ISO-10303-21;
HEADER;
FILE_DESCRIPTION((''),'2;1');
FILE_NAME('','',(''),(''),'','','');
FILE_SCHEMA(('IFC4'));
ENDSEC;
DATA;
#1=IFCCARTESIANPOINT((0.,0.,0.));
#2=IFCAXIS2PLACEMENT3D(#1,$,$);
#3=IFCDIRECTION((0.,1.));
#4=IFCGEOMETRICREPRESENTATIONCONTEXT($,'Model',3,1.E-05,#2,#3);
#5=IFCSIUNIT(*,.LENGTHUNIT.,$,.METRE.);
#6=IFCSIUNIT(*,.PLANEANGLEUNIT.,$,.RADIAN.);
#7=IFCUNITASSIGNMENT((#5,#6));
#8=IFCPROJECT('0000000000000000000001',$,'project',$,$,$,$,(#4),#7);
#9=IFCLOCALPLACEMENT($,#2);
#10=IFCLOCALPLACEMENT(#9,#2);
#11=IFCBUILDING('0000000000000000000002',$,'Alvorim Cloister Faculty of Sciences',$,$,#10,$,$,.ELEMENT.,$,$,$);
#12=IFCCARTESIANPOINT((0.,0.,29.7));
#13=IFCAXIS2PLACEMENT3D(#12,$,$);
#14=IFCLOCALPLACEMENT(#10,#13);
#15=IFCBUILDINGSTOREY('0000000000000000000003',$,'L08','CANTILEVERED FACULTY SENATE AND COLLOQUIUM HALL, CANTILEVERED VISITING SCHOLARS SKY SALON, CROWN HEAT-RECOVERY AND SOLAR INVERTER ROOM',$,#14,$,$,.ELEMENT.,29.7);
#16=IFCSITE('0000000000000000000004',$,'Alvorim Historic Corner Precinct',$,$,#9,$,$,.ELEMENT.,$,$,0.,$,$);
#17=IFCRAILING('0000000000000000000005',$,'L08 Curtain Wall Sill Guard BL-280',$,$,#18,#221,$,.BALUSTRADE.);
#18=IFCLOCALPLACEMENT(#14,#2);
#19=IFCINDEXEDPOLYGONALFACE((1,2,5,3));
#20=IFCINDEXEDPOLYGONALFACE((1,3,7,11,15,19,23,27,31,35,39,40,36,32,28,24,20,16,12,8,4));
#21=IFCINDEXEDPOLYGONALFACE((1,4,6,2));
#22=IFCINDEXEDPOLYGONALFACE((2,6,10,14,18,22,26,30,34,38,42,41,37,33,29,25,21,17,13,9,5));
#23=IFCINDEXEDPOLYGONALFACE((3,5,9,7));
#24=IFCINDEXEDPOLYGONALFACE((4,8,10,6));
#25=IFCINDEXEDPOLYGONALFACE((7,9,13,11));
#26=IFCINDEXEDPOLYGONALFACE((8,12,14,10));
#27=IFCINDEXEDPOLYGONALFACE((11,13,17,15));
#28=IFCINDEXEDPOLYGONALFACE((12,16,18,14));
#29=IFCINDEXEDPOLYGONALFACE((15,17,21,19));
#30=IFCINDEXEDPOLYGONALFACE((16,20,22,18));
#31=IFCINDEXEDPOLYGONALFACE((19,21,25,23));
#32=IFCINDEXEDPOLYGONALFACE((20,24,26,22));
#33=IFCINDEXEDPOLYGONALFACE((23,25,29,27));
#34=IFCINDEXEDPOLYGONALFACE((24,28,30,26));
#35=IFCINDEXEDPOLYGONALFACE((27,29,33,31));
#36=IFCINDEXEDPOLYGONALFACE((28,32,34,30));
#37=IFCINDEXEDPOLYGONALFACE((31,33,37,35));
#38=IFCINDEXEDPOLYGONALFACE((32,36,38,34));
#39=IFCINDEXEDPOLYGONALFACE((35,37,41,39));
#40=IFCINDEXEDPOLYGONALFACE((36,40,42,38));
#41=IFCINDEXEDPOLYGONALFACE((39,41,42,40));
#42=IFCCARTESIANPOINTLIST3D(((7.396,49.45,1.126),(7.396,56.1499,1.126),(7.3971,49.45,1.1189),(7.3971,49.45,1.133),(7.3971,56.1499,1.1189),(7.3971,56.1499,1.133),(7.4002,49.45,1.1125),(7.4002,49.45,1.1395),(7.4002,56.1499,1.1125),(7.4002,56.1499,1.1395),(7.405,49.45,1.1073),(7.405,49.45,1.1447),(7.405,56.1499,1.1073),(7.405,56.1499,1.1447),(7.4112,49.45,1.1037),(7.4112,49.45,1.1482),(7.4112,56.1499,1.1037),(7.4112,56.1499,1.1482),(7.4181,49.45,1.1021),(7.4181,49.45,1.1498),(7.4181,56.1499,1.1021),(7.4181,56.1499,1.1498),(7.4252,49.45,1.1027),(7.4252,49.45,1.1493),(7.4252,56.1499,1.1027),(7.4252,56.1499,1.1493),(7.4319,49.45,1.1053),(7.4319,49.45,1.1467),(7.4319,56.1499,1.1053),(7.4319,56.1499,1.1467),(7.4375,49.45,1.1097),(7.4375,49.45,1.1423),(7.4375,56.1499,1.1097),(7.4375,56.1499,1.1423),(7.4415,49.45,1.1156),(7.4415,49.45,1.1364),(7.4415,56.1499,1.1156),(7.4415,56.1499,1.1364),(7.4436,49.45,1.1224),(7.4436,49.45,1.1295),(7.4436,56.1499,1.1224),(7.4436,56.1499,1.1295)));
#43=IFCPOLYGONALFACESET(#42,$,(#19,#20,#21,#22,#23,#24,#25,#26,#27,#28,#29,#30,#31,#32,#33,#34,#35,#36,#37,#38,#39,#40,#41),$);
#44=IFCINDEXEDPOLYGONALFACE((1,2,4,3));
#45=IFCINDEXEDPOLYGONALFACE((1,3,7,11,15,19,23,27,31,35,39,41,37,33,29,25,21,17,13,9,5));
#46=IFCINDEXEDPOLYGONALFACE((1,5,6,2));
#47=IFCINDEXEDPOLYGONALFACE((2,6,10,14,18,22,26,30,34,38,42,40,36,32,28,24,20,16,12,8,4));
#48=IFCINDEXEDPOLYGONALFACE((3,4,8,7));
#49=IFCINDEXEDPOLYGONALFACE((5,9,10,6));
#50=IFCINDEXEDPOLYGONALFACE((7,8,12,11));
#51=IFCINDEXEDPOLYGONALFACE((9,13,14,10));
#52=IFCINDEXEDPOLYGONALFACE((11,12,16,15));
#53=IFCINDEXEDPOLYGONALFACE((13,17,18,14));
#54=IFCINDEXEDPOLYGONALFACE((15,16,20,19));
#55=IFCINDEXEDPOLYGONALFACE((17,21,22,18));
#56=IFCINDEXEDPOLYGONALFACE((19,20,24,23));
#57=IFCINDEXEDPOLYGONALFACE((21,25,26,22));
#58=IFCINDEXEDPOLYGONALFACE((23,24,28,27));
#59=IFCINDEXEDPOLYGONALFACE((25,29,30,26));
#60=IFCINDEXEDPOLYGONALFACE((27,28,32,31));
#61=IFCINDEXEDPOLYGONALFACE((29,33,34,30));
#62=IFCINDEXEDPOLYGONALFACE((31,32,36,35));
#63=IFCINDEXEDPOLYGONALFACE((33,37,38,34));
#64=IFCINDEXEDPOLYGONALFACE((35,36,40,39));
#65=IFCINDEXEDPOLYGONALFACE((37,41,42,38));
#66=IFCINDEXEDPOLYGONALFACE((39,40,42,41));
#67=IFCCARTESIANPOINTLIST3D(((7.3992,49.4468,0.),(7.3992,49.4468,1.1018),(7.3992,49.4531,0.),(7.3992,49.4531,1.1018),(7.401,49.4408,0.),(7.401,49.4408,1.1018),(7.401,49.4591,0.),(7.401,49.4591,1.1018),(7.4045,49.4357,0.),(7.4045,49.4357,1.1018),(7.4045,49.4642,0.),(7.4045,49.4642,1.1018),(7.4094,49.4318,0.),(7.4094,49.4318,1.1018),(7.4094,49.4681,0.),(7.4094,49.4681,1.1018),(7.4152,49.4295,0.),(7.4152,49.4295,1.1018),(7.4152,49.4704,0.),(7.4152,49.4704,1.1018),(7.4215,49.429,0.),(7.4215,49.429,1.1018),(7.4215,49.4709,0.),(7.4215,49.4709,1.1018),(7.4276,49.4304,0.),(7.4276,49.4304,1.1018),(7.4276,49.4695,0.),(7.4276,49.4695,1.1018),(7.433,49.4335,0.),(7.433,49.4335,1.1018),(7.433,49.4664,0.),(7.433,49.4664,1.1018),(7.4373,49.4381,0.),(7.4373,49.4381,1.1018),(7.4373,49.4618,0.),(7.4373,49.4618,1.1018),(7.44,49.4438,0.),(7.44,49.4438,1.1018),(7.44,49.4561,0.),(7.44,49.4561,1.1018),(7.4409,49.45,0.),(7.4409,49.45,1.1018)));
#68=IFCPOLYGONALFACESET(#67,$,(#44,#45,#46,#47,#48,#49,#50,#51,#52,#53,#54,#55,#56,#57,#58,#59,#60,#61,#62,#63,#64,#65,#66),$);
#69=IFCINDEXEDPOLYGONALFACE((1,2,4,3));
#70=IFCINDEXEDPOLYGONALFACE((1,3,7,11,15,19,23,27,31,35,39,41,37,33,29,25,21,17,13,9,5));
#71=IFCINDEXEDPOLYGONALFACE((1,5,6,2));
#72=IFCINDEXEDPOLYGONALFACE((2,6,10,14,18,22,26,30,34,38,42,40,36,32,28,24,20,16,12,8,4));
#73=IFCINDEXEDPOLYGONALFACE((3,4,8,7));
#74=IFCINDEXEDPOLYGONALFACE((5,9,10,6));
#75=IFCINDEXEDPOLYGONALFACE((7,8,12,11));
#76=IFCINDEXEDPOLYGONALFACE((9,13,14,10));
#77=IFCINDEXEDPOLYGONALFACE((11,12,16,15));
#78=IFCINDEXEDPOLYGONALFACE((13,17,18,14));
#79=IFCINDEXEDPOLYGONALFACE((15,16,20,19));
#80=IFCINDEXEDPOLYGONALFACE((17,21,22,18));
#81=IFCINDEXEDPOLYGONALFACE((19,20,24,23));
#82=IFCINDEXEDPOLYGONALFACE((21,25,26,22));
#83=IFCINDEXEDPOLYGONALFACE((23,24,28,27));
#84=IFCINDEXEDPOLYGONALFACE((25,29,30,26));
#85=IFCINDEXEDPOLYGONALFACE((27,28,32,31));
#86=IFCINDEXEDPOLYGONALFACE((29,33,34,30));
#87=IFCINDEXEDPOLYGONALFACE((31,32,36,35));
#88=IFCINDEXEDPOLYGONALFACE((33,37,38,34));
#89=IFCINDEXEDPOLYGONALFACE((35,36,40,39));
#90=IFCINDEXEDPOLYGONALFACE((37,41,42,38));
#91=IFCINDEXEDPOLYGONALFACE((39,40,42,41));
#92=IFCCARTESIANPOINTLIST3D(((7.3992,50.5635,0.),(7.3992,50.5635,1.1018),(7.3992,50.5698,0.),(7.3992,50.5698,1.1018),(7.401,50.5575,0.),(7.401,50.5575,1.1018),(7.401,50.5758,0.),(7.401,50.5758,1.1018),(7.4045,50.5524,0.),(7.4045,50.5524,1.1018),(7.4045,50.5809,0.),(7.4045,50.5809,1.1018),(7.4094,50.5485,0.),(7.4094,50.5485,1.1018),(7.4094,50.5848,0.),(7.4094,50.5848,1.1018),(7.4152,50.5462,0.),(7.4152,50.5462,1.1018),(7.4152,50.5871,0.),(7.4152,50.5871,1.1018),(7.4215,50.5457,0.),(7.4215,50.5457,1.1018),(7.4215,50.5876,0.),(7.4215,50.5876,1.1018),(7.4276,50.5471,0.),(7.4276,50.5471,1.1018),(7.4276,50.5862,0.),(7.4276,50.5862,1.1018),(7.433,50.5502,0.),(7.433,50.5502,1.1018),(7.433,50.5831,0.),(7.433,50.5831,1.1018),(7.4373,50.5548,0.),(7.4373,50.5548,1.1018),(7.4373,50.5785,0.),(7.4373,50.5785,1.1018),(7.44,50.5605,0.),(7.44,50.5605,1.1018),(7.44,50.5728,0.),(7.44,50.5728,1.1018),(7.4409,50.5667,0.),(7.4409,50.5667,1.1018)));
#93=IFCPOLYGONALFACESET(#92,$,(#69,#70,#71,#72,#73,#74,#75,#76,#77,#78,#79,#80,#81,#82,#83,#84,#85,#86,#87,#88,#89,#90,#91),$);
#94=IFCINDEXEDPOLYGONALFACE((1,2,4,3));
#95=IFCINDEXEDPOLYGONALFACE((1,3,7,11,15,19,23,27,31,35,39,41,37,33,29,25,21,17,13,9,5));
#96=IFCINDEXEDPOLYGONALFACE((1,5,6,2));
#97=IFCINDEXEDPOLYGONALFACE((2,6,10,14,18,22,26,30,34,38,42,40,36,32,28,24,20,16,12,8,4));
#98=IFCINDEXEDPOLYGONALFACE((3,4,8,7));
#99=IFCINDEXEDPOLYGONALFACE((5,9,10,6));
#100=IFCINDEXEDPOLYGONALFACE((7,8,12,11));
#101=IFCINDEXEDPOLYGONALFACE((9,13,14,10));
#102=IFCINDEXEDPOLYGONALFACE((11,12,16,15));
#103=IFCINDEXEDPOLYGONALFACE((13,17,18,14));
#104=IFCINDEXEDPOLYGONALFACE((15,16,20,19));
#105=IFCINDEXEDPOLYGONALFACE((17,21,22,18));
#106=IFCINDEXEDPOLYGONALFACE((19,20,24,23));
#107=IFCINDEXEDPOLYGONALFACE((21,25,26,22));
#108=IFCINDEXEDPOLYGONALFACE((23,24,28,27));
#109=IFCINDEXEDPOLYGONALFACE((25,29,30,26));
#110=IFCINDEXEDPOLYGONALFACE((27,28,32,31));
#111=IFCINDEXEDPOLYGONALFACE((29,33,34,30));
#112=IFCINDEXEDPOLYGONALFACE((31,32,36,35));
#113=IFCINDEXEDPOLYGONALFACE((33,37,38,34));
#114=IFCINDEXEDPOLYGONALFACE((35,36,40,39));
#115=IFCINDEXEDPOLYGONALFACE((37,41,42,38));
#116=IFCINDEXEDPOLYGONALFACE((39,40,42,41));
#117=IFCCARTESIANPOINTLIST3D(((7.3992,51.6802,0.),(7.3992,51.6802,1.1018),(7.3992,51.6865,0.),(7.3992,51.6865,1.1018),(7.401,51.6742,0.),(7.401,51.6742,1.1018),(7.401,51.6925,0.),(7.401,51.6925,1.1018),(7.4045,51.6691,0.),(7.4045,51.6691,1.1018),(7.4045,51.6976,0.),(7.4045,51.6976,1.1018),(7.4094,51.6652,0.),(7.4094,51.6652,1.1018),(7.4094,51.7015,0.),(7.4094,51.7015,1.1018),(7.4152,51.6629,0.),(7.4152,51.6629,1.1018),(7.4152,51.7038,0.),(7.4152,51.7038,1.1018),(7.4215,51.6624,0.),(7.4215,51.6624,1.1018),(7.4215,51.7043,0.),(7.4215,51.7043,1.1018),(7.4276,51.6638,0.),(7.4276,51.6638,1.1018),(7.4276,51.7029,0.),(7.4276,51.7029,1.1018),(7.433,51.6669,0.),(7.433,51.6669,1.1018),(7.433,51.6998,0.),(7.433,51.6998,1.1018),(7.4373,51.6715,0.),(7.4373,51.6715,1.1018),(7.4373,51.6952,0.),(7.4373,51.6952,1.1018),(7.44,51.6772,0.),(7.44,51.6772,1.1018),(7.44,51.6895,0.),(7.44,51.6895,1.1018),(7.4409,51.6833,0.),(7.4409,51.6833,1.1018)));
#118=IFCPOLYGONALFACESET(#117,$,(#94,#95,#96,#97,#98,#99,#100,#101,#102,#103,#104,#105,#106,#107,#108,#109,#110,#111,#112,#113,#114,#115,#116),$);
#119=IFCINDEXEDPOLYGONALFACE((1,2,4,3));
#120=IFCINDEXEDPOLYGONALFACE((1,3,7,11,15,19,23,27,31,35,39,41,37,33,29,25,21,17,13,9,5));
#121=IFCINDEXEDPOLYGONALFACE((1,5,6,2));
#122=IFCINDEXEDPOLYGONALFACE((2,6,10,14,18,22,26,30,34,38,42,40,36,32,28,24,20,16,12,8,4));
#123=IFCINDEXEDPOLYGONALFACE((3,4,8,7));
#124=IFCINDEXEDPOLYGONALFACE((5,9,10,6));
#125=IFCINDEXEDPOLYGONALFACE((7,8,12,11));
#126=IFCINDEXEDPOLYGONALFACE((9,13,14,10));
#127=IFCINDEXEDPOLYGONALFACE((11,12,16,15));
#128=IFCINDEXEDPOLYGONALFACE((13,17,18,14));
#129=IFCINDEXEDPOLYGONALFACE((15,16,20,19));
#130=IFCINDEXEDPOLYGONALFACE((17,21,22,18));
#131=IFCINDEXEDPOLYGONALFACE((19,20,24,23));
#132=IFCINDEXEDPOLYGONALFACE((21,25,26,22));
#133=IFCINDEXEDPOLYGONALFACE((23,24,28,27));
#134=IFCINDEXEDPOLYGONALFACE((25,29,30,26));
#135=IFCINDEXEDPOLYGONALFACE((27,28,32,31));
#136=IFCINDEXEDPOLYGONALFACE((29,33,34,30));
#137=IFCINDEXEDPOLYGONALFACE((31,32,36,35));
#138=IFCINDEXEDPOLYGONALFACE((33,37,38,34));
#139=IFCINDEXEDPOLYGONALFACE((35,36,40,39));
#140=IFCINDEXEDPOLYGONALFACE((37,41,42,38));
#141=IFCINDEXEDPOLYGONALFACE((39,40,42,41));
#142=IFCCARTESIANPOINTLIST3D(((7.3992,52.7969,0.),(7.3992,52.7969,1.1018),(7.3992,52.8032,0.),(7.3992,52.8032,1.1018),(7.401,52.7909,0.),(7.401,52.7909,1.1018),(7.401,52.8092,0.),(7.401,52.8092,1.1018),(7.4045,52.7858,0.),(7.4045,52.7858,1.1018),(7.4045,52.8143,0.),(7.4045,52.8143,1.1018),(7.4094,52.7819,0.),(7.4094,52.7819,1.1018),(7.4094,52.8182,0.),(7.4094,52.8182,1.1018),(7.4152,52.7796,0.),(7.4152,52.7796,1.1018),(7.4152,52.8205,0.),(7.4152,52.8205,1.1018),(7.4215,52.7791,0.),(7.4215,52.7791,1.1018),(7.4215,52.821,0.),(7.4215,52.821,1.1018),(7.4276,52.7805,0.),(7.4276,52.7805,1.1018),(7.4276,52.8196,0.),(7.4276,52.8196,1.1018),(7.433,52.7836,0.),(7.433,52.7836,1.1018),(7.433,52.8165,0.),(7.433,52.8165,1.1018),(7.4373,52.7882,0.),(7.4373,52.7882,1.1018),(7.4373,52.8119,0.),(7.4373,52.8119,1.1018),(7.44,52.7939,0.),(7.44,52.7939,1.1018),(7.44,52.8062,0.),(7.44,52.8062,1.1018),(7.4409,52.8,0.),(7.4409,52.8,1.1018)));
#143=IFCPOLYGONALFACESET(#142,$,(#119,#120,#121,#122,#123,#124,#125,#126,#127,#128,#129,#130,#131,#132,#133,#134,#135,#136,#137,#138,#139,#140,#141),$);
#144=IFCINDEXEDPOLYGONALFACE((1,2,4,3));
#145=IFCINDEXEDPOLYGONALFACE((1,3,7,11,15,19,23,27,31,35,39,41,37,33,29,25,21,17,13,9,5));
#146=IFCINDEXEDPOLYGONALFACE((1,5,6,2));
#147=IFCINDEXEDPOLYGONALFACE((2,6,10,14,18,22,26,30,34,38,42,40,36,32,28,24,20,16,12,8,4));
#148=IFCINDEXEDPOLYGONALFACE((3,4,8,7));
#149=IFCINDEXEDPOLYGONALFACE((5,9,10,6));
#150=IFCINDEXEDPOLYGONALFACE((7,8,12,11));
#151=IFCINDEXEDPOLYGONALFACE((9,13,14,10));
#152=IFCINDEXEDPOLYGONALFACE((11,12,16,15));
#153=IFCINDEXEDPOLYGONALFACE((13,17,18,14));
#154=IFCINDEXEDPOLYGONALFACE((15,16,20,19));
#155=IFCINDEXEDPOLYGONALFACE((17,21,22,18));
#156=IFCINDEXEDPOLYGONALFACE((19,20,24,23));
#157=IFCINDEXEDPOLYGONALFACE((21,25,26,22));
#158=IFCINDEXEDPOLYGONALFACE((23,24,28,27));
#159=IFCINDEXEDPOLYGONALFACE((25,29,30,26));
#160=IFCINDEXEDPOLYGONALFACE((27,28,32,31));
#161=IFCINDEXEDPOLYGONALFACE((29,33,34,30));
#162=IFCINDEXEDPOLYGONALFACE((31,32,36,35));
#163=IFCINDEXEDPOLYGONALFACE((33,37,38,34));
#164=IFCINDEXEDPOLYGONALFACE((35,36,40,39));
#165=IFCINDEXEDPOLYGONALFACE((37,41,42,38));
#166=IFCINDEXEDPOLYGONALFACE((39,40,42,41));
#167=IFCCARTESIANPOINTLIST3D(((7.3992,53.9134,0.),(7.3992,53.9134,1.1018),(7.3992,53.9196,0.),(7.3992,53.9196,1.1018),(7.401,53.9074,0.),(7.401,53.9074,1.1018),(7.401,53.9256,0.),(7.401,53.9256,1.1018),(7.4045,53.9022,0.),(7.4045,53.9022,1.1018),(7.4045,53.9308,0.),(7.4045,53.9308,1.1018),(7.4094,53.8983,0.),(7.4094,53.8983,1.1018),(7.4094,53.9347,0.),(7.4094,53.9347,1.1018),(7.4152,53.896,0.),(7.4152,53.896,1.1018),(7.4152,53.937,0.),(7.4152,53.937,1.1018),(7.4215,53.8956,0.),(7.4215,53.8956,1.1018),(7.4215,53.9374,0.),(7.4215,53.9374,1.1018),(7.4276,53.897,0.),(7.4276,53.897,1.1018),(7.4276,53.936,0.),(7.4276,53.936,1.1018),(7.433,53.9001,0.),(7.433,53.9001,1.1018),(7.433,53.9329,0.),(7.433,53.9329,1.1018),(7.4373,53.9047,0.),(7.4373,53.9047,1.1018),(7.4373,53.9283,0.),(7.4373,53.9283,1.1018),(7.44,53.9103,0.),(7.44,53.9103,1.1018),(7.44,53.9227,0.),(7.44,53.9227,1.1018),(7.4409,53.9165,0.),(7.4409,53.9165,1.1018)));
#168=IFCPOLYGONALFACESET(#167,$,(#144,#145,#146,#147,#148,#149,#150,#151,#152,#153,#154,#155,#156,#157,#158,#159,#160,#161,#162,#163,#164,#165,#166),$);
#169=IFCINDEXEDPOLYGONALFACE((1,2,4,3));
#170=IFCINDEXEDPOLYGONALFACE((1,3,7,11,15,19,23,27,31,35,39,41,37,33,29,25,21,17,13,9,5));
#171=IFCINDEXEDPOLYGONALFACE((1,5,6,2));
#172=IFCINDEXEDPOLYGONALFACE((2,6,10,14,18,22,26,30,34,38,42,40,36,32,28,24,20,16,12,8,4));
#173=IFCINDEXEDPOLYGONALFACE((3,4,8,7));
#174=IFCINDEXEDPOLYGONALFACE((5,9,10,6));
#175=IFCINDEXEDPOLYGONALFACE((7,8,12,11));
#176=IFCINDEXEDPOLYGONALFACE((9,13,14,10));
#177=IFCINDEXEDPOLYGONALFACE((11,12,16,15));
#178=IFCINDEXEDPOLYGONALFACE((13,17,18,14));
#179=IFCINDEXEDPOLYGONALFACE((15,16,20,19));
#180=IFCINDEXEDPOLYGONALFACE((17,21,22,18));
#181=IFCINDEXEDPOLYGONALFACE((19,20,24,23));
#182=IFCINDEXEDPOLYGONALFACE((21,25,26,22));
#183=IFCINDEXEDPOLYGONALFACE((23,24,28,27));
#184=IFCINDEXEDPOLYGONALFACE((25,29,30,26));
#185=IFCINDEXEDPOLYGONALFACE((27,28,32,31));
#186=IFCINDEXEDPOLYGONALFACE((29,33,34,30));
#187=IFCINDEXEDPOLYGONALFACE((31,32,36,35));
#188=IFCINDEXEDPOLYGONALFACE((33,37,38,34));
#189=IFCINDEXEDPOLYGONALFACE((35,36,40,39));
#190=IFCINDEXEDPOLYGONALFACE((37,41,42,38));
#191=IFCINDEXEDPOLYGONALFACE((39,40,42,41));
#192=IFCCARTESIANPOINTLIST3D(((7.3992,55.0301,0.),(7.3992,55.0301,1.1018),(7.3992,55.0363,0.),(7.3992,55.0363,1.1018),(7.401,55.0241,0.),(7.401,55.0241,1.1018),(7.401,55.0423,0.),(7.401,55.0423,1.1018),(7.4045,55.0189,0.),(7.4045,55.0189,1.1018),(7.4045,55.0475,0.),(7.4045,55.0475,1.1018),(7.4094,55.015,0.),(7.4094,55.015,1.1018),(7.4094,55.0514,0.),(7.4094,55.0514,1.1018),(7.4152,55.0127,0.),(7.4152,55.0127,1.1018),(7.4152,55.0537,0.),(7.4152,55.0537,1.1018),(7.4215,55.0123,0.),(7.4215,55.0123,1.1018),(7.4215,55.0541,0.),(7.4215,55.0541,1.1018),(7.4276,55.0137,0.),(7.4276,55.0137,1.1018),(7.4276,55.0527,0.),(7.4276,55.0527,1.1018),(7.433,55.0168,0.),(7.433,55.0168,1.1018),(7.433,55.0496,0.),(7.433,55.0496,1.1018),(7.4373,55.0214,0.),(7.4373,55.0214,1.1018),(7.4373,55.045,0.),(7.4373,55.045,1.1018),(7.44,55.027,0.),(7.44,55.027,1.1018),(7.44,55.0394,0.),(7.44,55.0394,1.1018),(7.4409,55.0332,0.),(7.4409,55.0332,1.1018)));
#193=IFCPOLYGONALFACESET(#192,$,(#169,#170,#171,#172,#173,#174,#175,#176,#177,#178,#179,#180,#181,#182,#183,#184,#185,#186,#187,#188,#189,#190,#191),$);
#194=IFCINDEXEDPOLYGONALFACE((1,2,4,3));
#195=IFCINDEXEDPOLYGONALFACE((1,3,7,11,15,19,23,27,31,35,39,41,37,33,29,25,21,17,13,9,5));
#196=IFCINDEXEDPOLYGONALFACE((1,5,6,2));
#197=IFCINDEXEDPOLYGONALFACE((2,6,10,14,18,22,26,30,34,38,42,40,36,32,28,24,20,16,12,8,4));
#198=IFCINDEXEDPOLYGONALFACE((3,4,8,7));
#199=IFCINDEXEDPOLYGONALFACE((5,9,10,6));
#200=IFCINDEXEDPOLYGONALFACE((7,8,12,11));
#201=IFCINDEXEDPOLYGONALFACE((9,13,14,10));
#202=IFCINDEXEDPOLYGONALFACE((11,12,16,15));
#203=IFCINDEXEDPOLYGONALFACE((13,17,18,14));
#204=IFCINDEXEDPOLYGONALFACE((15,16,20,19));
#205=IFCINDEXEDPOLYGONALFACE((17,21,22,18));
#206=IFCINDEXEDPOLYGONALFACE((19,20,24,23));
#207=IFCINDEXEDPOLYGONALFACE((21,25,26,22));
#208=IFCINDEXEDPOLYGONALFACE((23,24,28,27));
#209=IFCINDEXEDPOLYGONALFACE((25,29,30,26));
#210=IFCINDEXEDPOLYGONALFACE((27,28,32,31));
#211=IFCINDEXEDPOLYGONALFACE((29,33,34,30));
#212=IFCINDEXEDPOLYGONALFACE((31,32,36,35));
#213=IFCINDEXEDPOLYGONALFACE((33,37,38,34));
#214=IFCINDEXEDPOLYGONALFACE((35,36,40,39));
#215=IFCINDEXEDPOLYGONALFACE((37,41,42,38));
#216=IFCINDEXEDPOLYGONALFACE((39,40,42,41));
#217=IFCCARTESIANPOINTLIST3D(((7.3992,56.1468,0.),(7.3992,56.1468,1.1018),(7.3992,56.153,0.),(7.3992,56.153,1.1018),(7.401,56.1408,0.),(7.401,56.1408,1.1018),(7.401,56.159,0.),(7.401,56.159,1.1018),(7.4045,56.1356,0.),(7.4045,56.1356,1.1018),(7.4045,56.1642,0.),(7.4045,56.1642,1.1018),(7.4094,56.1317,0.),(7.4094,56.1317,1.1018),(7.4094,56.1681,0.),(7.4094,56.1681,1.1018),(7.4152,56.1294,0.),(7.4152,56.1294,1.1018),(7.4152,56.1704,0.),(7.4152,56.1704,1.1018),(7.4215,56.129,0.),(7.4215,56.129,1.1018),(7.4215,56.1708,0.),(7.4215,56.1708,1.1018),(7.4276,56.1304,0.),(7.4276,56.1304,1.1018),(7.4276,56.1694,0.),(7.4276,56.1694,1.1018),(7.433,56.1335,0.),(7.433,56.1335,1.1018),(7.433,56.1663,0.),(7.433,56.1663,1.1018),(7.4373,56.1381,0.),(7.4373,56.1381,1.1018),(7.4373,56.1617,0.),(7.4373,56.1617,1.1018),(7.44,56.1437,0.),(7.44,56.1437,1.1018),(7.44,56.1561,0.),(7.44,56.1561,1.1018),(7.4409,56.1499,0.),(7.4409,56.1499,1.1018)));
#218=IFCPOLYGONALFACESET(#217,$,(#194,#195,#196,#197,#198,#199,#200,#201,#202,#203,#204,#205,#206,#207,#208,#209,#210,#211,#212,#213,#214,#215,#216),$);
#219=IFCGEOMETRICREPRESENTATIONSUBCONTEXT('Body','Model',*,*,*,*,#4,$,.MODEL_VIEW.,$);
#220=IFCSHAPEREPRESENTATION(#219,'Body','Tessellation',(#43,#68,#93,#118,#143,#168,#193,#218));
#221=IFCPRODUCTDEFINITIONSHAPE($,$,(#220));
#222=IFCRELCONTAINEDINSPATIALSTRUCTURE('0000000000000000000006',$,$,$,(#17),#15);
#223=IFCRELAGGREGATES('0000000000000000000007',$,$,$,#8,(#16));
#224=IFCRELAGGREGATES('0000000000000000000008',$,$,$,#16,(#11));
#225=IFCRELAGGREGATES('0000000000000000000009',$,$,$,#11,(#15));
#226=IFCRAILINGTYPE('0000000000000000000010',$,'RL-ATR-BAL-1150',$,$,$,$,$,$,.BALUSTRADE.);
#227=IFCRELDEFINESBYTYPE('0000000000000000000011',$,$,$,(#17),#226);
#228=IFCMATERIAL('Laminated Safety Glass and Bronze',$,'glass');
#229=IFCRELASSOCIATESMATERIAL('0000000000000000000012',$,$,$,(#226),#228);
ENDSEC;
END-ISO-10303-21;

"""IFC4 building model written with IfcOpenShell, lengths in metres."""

from ifc_helpers import new_model, si_unit, direction, frame, origin, origin_2d, place, context, subcontext, project, spatial, circle, extrude, material, type_object, element, save


model = new_model("IFC4")

# Units and contexts
model_context = context("Model", 3, precision=1e-05, world=origin(), true_north=direction((0.0, 1.0)))
body_context = subcontext(model_context, "Body", "Model", "MODEL_VIEW")
ifc_project = project(units=[si_unit("LENGTHUNIT", "METRE"), si_unit("PLANEANGLEUNIT", "RADIAN")], contexts=[model_context])

# Site, building, storey
site_placement = place(None, origin())
site = spatial("IfcSite", under=ifc_project, at=site_placement, Name="Alvorim Historic Corner Precinct", CompositionType="ELEMENT", RefElevation=0.0)
building_placement = place(site_placement, origin())
building = spatial("IfcBuilding", under=site, at=building_placement, Name="Alvorim Cloister Faculty of Sciences", CompositionType="ELEMENT")
storey_placement = place(building_placement, frame((0.0, 0.0, 29.7)))
storey = spatial("IfcBuildingStorey", under=building, at=storey_placement, Name="L08", Description="CANTILEVERED FACULTY SENATE AND COLLOQUIUM HALL, CANTILEVERED VISITING SCHOLARS SKY SALON, CROWN HEAT-RECOVERY AND SOLAR INVERTER ROOM", CompositionType="ELEMENT", Elevation=29.7)

# Railing
ifc_material_1 = material(Name="Laminated Safety Glass and Bronze", Category="glass")
railing_type = type_object("IfcRailingType", Name="RL-ATR-BAL-1150", PredefinedType="BALUSTRADE", material=ifc_material_1)
railing_1_placement = place(storey_placement, frame((7.4199, 49.45, 0.0)))
element("IfcRailing", 1, at=railing_1_placement, inside=storey, type_object=railing_type, Name="L08 Curtain Wall Sill Guard BL-280", PredefinedType="BALUSTRADE", context=body_context, shape_type="SweptSolid", body=[
    extrude(circle(Radius=0.0239, at=origin_2d()), frame((0.0, 0.0, 1.126), z_axis=(0.0, 1.0, 0.0), x_axis=(-1.0, 0.0, 0.0)), (0.0, 0.0, 1.0), 6.7),
    extrude(circle(Radius=0.021, at=origin_2d()), origin(), (0.0, 0.0, 1.0), 1.1018),
    extrude(circle(Radius=0.021, at=origin_2d()), frame((0.0, 1.1167, 0.0)), (0.0, 0.0, 1.0), 1.1018),
    extrude(circle(Radius=0.021, at=origin_2d()), frame((0.0, 2.2334, 0.0)), (0.0, 0.0, 1.0), 1.1018),
    extrude(circle(Radius=0.021, at=origin_2d()), frame((0.0, 3.3501, 0.0)), (0.0, 0.0, 1.0), 1.1018),
    extrude(circle(Radius=0.021, at=origin_2d()), frame((0.0, 4.4666, 0.0)), (0.0, 0.0, 1.0), 1.1018),
    extrude(circle(Radius=0.021, at=origin_2d()), frame((0.0, 5.5833, 0.0)), (0.0, 0.0, 1.0), 1.1018),
    extrude(circle(Radius=0.021, at=origin_2d()), frame((0.0, 6.7, 0.0)), (0.0, 0.0, 1.0), 1.1018),
])

save(model, "model.ifc")
